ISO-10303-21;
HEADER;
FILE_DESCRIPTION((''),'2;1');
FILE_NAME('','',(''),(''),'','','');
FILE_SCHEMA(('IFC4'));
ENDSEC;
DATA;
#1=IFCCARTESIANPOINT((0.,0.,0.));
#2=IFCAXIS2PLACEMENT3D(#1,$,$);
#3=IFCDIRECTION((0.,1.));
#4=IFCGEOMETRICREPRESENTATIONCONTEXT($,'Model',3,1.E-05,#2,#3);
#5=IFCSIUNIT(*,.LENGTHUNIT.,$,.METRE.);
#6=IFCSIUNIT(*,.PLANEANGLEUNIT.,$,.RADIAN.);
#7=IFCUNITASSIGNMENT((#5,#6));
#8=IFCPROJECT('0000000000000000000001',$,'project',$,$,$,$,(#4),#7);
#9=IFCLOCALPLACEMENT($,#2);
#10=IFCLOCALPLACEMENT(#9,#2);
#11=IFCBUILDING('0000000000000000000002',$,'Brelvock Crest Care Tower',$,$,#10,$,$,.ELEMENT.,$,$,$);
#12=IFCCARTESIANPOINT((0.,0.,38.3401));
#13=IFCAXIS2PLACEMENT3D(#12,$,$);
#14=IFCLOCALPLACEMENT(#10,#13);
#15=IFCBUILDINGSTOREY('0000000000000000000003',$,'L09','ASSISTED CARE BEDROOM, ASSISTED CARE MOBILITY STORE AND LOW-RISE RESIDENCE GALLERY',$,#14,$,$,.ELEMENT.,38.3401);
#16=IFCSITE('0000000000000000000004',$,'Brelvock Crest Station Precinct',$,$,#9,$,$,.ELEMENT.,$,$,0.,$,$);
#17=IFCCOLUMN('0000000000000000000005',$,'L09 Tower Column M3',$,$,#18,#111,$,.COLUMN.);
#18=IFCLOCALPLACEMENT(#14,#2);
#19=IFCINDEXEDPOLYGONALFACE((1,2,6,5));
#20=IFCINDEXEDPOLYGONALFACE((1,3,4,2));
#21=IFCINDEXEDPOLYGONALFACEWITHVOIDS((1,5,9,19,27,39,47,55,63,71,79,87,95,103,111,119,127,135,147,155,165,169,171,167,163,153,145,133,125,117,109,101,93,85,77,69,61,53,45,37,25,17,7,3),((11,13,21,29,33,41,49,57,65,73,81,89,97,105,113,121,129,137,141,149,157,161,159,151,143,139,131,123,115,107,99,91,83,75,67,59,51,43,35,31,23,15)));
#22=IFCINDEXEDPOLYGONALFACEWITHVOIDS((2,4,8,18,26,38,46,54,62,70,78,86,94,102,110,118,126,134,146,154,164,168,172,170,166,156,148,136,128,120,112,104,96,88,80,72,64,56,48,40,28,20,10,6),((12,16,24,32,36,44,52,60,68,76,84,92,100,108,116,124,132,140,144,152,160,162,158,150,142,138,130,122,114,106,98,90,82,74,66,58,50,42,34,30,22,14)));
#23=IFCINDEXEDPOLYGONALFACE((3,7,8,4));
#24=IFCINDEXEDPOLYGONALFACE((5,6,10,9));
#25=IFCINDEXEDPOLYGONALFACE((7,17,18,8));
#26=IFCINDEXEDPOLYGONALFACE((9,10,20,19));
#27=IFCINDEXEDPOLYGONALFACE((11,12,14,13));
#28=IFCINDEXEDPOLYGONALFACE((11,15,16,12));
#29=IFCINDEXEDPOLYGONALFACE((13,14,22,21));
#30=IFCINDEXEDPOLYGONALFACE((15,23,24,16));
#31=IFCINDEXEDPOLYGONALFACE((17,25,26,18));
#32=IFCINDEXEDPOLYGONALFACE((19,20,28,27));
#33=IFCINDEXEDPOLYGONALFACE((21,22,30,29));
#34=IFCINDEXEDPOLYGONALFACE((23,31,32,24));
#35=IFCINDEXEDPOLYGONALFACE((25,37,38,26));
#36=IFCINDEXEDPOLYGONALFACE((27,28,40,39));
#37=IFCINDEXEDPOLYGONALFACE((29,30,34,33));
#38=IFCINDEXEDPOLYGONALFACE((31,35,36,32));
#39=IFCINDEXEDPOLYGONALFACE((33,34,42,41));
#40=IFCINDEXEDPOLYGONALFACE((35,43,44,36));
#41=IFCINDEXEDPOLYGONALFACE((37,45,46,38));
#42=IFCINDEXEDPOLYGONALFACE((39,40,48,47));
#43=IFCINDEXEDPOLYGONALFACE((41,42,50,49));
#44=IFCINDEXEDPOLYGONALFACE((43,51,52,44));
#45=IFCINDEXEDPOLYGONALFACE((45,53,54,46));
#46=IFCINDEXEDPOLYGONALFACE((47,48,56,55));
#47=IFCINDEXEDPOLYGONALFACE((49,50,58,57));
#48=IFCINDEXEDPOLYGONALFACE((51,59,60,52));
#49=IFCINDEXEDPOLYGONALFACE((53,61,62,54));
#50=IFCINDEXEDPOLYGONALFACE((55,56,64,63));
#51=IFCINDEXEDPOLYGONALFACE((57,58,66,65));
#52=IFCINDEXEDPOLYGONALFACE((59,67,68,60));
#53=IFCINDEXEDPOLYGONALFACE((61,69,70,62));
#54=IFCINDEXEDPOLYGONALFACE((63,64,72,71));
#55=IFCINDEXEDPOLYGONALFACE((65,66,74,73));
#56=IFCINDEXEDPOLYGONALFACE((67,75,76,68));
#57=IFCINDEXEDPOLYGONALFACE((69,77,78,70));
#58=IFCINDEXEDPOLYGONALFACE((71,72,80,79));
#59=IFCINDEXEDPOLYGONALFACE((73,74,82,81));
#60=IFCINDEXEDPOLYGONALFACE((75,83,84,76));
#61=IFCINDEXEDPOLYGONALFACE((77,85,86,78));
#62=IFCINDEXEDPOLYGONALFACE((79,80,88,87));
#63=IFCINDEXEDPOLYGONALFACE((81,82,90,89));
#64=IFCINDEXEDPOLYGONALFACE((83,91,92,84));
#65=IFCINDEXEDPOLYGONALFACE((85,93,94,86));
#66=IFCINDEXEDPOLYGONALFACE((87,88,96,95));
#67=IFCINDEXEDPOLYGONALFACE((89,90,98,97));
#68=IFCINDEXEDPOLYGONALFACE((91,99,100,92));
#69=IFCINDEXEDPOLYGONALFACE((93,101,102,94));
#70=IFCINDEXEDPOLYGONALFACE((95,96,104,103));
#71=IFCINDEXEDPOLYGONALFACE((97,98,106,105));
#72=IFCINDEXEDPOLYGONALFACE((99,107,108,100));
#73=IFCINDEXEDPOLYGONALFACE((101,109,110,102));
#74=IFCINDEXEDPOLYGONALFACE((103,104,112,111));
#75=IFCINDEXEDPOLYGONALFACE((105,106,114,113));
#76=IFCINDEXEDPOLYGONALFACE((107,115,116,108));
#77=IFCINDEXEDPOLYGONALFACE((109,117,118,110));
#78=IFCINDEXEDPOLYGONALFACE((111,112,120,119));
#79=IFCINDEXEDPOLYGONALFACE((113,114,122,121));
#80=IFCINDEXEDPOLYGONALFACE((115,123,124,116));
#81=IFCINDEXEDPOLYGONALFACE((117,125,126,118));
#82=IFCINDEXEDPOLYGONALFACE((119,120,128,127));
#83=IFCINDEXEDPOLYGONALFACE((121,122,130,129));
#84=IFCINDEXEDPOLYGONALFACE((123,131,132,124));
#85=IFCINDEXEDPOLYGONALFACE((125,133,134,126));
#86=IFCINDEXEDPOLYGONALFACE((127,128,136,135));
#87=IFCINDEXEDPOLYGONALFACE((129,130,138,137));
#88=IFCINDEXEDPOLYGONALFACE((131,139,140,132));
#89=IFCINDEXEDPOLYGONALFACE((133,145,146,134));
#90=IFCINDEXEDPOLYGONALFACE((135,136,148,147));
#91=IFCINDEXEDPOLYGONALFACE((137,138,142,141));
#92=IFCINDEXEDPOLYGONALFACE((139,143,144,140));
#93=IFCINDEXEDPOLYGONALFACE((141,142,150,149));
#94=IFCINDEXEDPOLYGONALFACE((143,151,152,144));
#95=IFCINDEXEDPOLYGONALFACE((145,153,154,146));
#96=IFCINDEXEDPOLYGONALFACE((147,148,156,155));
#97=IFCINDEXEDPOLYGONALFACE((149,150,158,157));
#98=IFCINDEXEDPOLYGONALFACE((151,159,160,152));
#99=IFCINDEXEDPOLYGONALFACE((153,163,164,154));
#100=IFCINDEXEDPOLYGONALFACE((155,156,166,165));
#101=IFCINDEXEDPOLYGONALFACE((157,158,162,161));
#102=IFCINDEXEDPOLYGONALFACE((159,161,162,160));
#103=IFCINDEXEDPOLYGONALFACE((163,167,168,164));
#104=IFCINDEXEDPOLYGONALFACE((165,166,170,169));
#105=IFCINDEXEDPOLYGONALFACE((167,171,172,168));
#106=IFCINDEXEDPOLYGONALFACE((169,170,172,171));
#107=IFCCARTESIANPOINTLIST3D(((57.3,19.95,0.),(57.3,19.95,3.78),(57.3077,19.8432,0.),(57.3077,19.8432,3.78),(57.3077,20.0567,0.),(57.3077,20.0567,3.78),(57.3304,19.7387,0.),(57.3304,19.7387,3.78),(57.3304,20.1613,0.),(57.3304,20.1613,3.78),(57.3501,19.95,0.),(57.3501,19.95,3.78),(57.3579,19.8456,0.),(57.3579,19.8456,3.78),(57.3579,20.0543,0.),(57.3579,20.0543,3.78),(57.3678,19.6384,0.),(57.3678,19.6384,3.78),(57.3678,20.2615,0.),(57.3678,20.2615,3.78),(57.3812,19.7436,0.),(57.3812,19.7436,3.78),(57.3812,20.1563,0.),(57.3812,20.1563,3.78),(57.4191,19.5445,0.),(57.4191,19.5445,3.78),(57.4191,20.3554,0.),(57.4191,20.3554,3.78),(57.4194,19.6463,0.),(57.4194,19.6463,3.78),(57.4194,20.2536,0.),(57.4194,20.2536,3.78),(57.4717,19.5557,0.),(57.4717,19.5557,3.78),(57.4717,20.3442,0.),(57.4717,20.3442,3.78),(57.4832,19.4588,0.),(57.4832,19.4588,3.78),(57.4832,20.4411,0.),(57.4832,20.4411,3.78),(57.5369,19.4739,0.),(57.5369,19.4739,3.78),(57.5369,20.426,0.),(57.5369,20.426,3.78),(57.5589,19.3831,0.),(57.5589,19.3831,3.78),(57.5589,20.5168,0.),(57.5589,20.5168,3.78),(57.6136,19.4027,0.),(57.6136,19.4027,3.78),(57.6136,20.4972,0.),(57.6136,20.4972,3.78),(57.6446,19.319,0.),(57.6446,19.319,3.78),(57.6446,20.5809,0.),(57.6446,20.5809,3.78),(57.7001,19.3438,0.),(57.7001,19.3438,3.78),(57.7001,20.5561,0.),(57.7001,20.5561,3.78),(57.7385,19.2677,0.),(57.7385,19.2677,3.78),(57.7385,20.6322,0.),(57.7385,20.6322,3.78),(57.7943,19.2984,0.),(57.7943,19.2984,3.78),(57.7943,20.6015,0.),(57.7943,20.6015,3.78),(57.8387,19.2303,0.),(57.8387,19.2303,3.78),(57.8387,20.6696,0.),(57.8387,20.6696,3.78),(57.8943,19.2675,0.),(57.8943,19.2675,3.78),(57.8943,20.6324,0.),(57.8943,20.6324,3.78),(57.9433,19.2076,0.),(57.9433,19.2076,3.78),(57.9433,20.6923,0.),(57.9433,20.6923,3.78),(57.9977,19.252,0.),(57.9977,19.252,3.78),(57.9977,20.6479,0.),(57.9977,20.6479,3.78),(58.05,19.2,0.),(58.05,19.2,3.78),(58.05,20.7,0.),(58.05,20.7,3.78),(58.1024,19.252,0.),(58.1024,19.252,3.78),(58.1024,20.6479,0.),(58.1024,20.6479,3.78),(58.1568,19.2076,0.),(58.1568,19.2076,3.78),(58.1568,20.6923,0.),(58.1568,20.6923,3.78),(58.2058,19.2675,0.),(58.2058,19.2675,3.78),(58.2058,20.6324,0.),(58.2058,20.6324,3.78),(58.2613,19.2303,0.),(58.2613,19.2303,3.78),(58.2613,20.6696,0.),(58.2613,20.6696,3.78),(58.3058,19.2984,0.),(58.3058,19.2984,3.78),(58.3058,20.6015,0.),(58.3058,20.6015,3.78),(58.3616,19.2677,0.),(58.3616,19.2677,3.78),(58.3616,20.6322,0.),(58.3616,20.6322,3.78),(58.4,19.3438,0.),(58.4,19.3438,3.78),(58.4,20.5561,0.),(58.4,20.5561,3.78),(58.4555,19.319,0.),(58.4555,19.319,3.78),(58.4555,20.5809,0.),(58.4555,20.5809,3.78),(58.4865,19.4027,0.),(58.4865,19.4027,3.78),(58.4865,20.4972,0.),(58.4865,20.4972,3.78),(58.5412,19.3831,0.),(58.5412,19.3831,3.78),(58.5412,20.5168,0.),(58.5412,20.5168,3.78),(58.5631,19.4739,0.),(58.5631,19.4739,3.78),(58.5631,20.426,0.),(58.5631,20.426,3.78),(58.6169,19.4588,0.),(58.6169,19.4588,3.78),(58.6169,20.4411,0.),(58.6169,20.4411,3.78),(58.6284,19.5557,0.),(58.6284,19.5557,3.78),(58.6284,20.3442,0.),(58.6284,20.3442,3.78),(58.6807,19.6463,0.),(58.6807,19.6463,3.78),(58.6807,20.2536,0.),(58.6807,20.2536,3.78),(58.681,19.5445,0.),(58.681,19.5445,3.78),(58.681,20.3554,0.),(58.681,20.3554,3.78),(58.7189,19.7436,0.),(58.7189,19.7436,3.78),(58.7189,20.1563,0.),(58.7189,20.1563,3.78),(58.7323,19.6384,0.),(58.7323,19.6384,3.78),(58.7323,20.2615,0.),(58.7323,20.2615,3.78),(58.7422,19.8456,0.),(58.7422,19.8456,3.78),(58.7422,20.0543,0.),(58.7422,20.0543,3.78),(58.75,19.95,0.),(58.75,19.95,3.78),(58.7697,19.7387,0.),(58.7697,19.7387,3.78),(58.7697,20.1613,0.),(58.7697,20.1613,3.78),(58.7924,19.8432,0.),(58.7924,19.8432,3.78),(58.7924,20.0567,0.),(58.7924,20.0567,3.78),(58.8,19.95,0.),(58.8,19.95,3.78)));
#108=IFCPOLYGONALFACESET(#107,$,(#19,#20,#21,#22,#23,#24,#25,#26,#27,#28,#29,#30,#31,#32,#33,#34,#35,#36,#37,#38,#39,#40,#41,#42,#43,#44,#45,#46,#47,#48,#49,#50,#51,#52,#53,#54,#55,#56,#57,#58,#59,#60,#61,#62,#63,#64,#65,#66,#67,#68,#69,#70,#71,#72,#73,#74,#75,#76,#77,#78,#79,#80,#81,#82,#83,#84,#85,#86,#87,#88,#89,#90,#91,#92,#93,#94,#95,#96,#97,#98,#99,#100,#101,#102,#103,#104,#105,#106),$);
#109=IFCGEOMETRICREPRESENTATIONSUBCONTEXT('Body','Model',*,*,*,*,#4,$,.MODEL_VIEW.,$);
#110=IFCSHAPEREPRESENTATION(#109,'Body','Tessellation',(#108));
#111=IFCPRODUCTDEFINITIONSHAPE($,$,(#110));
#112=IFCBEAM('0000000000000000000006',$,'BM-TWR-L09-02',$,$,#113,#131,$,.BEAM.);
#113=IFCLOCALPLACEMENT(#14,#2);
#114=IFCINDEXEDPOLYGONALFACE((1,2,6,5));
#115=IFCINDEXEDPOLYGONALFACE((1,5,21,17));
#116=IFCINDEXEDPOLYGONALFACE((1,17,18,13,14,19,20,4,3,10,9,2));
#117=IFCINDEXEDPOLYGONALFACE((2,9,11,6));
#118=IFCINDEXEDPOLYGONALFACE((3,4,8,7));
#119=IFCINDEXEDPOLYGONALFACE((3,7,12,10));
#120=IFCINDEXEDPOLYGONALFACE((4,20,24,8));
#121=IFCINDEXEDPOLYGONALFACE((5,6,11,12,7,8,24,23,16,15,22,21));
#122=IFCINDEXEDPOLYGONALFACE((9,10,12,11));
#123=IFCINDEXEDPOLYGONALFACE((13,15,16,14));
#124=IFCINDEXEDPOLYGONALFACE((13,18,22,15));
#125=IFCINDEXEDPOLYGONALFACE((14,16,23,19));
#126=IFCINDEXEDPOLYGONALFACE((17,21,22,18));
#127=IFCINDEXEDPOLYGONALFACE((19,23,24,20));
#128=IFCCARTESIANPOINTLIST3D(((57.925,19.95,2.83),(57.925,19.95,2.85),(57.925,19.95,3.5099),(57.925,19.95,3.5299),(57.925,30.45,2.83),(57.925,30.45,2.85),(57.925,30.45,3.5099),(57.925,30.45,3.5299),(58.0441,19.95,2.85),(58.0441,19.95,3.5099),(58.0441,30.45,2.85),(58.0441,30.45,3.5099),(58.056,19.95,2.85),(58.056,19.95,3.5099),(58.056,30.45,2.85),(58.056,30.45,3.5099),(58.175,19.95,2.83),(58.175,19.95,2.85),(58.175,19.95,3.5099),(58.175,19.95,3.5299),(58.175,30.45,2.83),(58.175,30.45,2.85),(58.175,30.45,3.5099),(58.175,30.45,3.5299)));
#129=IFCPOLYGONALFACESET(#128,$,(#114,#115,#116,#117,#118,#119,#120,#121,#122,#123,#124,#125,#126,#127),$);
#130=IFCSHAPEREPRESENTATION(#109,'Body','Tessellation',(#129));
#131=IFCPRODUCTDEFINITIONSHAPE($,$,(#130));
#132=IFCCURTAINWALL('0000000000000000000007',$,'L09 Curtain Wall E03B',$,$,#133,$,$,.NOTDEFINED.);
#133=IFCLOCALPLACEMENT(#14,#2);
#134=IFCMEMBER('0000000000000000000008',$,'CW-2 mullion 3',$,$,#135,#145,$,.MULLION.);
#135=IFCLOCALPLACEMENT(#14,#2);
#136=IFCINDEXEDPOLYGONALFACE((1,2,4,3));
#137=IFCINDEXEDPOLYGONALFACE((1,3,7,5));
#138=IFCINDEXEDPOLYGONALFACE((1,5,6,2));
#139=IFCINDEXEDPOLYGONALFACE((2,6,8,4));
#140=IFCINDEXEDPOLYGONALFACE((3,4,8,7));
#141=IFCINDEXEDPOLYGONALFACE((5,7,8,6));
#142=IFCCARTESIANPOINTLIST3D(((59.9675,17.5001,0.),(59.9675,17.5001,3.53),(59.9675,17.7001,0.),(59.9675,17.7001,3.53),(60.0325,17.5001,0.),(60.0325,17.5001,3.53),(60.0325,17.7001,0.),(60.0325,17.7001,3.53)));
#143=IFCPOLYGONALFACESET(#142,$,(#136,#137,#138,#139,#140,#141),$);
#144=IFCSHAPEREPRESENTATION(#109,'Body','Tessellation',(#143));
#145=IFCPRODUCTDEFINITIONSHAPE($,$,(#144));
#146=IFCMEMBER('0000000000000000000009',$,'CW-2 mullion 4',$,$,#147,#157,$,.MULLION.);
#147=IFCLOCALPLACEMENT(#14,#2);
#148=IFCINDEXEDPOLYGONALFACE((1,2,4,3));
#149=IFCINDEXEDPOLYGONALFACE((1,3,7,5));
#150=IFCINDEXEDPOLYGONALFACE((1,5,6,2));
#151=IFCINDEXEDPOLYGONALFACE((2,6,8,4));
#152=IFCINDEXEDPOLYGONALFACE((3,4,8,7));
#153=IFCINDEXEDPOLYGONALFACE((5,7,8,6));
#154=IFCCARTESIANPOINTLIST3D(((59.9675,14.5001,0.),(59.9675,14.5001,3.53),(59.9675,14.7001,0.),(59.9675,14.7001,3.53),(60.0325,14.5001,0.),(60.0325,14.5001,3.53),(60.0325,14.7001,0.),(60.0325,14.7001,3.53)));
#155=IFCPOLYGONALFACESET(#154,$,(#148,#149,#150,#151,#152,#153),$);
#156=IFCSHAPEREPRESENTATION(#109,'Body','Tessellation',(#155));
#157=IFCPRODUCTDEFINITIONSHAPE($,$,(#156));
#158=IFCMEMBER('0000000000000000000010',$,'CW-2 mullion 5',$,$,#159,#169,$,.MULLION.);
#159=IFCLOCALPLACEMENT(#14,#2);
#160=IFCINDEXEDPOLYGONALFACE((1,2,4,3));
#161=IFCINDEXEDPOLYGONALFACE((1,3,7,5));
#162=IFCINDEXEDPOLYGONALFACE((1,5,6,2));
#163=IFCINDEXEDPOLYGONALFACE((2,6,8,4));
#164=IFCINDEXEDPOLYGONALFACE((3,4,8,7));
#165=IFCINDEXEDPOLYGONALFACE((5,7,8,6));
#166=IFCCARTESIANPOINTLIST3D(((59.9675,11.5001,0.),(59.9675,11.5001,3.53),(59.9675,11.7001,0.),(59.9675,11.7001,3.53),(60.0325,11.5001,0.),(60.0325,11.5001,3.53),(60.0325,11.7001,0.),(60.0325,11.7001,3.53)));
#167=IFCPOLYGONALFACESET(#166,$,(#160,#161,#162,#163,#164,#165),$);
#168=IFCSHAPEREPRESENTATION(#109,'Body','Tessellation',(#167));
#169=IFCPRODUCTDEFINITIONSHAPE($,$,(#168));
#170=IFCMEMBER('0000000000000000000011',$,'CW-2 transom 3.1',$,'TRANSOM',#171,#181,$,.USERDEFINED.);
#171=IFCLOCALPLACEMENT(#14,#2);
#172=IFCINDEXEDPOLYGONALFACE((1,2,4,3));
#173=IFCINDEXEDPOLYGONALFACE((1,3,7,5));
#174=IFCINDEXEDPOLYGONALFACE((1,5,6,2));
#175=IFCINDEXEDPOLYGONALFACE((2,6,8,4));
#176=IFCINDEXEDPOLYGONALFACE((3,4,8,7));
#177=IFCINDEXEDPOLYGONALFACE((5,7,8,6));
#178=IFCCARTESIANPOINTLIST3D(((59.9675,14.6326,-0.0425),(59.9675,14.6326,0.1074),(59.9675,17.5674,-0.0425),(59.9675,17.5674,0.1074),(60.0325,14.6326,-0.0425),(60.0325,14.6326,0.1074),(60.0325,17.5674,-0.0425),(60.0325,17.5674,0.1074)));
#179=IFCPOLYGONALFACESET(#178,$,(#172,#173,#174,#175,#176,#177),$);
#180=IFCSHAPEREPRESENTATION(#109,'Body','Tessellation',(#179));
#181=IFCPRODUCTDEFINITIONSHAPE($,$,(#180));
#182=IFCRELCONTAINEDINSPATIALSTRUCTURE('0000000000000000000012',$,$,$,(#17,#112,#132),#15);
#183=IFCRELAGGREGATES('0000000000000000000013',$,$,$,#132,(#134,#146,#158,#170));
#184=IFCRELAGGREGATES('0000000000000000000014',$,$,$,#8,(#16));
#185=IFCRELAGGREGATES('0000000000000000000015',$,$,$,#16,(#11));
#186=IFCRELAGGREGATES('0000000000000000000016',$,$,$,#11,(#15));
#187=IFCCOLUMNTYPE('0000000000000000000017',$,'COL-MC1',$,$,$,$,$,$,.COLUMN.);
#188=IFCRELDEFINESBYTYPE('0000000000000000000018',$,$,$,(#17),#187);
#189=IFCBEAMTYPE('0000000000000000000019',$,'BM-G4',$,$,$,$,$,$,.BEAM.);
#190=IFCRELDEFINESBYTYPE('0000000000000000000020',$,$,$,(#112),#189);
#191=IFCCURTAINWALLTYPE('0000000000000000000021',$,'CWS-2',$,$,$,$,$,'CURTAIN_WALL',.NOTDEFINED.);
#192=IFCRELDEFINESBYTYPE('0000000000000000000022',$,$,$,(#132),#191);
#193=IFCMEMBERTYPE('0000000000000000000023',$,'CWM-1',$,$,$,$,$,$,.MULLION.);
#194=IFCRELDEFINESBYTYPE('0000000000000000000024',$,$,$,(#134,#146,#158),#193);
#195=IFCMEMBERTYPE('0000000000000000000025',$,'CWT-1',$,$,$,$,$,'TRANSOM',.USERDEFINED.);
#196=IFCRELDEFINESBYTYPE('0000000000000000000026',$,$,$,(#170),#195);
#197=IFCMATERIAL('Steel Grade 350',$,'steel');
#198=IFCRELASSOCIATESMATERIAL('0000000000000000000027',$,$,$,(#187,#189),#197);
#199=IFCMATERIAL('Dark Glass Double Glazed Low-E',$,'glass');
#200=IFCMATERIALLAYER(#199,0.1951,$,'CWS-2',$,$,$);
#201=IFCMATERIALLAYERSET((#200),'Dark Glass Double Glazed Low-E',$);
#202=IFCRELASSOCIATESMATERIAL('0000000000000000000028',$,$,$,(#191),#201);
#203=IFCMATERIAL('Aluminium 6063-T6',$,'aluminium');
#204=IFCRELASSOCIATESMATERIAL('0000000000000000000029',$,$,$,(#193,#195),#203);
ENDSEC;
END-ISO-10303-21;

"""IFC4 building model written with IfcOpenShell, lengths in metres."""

from ifc_helpers import new_model, si_unit, direction, frame, origin, origin_2d, place, context, subcontext, project, spatial, rectangle, hollow_circle, i_section, extrude, source, transform, mapped, material, layer, layer_set, material_profile, profile_set, type_object, element, aggregate, save


model = new_model("IFC4")

# Units and contexts
model_context = context("Model", 3, precision=1e-05, world=origin(), true_north=direction((0.0, 1.0)))
body_context = subcontext(model_context, "Body", "Model", "MODEL_VIEW")
ifc_project = project(units=[si_unit("LENGTHUNIT", "METRE"), si_unit("PLANEANGLEUNIT", "RADIAN")], contexts=[model_context])

# Site, building, storey
site_placement = place(None, origin())
site = spatial("IfcSite", under=ifc_project, at=site_placement, Name="Brelvock Crest Station Precinct", CompositionType="ELEMENT", RefElevation=0.0)
building_placement = place(site_placement, origin())
building = spatial("IfcBuilding", under=site, at=building_placement, Name="Brelvock Crest Care Tower", CompositionType="ELEMENT")
storey_placement = place(building_placement, frame((0.0, 0.0, 38.3401)))
storey = spatial("IfcBuildingStorey", under=building, at=storey_placement, Name="L09", Description="ASSISTED CARE BEDROOM, ASSISTED CARE MOBILITY STORE AND LOW-RISE RESIDENCE GALLERY", CompositionType="ELEMENT", Elevation=38.3401)

# Column
ifc_material_1 = material(Name="Steel Grade 350", Category="steel")
ifc_material_profile_1 = material_profile(ifc_material_1, hollow_circle(Radius=0.75, WallThickness=0.05, at=origin_2d()), Name="CFT1500x50")
ifc_profile_set_1 = profile_set([ifc_material_profile_1], Name="Steel Grade 350")
column_type = type_object("IfcColumnType", Name="COL-MC1", PredefinedType="COLUMN", material=ifc_profile_set_1)
shared_shape_1 = source(origin(), body_context, "Body", "SweptSolid", [
    extrude(hollow_circle(Radius=0.75, WallThickness=0.05, at=origin_2d()), origin(), (0.0, 0.0, 1.0), 3.78),
])
column_placement = place(storey_placement, frame((58.05, 19.95, 0.0), z_axis=(0.0, 0.0, 1.0), x_axis=(1.0, 0.0, 0.0)))
element("IfcColumn", 1, at=column_placement, inside=storey, type_object=column_type, Name="L09 Tower Column M3", PredefinedType="COLUMN", context=body_context, shape_type="MappedRepresentation", body=[
    mapped(shared_shape_1, transform((0.0, 0.0, 0.0), x_axis=(1.0, 0.0, 0.0), y_axis=(0.0, 1.0, 0.0), z_axis=(0.0, 0.0, 1.0), scale=1.0)),
])

# Beam
ifc_material_profile_2 = material_profile(ifc_material_1, i_section(OverallWidth=0.25, OverallDepth=0.7, WebThickness=0.012, FlangeThickness=0.02, at=origin_2d()), Name="700WB150")
ifc_profile_set_2 = profile_set([ifc_material_profile_2], Name="Steel Grade 350")
beam_type = type_object("IfcBeamType", Name="BM-G4", PredefinedType="BEAM", material=ifc_profile_set_2)
shared_shape_2 = source(origin(), body_context, "Body", "SweptSolid", [
    extrude(i_section(OverallWidth=0.25, OverallDepth=0.7, WebThickness=0.012, FlangeThickness=0.02, at=origin_2d()), origin(), (0.0, 0.0, 1.0), 10.5),
])
beam_placement = place(storey_placement, frame((58.05, 19.95, 3.1799), z_axis=(0.0, 1.0, 0.0), x_axis=(-1.0, 0.0, 0.0)))
element("IfcBeam", 2, at=beam_placement, inside=storey, type_object=beam_type, Name="BM-TWR-L09-02", PredefinedType="BEAM", context=body_context, shape_type="MappedRepresentation", body=[
    mapped(shared_shape_2, transform((0.0, 0.0, 0.0), x_axis=(1.0, 0.0, 0.0), y_axis=(0.0, 1.0, 0.0), z_axis=(0.0, 0.0, 1.0), scale=1.0)),
])

# Curtain wall, members
ifc_material_2 = material(Name="Dark Glass Double Glazed Low-E", Category="glass")
ifc_layer_1 = layer(ifc_material_2, 0.1951, Name="CWS-2")
ifc_layer_set_1 = layer_set([ifc_layer_1], Name="Dark Glass Double Glazed Low-E")
curtain_wall_type = type_object("IfcCurtainWallType", Name="CWS-2", ElementType="CURTAIN_WALL", PredefinedType="NOTDEFINED", material=ifc_layer_set_1)
curtain_wall_placement = place(storey_placement, origin())
curtain_wall = element("IfcCurtainWall", 3, at=curtain_wall_placement, inside=storey, type_object=curtain_wall_type, Name="L09 Curtain Wall E03B", PredefinedType="NOTDEFINED")
ifc_material_3 = material(Name="Aluminium 6063-T6", Category="aluminium")
ifc_material_profile_3 = material_profile(ifc_material_3, rectangle(XDim=0.0649, YDim=0.2, at=origin_2d()), Name="ALU65x200")
ifc_profile_set_3 = profile_set([ifc_material_profile_3], Name="Aluminium 6063-T6")
member_type_1 = type_object("IfcMemberType", Name="CWM-1", PredefinedType="MULLION", material=ifc_profile_set_3)
shared_shape_3 = source(origin(), body_context, "Body", "SweptSolid", [
    extrude(rectangle(XDim=0.0649, YDim=0.2, at=origin_2d()), origin(), (0.0, 0.0, 1.0), 3.53),
])
member_1_placement = place(storey_placement, frame((60.0, 17.6001, 0.0), z_axis=(0.0, 0.0, 1.0), x_axis=(1.0, 0.0, 0.0)))
member_1 = element("IfcMember", 4, at=member_1_placement, type_object=member_type_1, Name="CW-2 mullion 3", PredefinedType="MULLION", context=body_context, shape_type="MappedRepresentation", body=[
    mapped(shared_shape_3, transform((0.0, 0.0, 0.0), x_axis=(1.0, 0.0, 0.0), y_axis=(0.0, 1.0, 0.0), z_axis=(0.0, 0.0, 1.0), scale=1.0)),
])
member_2_placement = place(storey_placement, frame((60.0, 14.6001, 0.0), z_axis=(0.0, 0.0, 1.0), x_axis=(1.0, 0.0, 0.0)))
member_2 = element("IfcMember", 5, at=member_2_placement, type_object=member_type_1, Name="CW-2 mullion 4", PredefinedType="MULLION", context=body_context, shape_type="MappedRepresentation", body=[
    mapped(shared_shape_3, transform((0.0, 0.0, 0.0), x_axis=(1.0, 0.0, 0.0), y_axis=(0.0, 1.0, 0.0), z_axis=(0.0, 0.0, 1.0), scale=1.0)),
])
member_3_placement = place(storey_placement, frame((60.0, 11.6001, 0.0), z_axis=(0.0, 0.0, 1.0), x_axis=(1.0, 0.0, 0.0)))
member_3 = element("IfcMember", 6, at=member_3_placement, type_object=member_type_1, Name="CW-2 mullion 5", PredefinedType="MULLION", context=body_context, shape_type="MappedRepresentation", body=[
    mapped(shared_shape_3, transform((0.0, 0.0, 0.0), x_axis=(1.0, 0.0, 0.0), y_axis=(0.0, 1.0, 0.0), z_axis=(0.0, 0.0, 1.0), scale=1.0)),
])
ifc_material_profile_4 = material_profile(ifc_material_3, rectangle(XDim=0.0649, YDim=0.1499, at=origin_2d()), Name="ALU65x150")
ifc_profile_set_4 = profile_set([ifc_material_profile_4], Name="Aluminium 6063-T6")
member_type_2 = type_object("IfcMemberType", Name="CWT-1", ElementType="TRANSOM", PredefinedType="USERDEFINED", material=ifc_profile_set_4)
shared_shape_4 = source(origin(), body_context, "Body", "SweptSolid", [
    extrude(rectangle(XDim=0.0649, YDim=0.1499, at=origin_2d()), origin(), (0.0, 0.0, 1.0), 2.9348),
])
member_4_placement = place(storey_placement, frame((60.0, 17.5674, 0.0325), z_axis=(0.0, -1.0, 0.0), x_axis=(1.0, 0.0, 0.0)))
member_4 = element("IfcMember", 7, at=member_4_placement, type_object=member_type_2, Name="CW-2 transom 3.1", ObjectType="TRANSOM", PredefinedType="USERDEFINED", context=body_context, shape_type="MappedRepresentation", body=[
    mapped(shared_shape_4, transform((0.0, 0.0, 0.0), x_axis=(1.0, 0.0, 0.0), y_axis=(0.0, 1.0, 0.0), z_axis=(0.0, 0.0, 1.0), scale=1.0)),
])
aggregate(curtain_wall, [member_1, member_2, member_3, member_4])

save(model, "model.ifc")
